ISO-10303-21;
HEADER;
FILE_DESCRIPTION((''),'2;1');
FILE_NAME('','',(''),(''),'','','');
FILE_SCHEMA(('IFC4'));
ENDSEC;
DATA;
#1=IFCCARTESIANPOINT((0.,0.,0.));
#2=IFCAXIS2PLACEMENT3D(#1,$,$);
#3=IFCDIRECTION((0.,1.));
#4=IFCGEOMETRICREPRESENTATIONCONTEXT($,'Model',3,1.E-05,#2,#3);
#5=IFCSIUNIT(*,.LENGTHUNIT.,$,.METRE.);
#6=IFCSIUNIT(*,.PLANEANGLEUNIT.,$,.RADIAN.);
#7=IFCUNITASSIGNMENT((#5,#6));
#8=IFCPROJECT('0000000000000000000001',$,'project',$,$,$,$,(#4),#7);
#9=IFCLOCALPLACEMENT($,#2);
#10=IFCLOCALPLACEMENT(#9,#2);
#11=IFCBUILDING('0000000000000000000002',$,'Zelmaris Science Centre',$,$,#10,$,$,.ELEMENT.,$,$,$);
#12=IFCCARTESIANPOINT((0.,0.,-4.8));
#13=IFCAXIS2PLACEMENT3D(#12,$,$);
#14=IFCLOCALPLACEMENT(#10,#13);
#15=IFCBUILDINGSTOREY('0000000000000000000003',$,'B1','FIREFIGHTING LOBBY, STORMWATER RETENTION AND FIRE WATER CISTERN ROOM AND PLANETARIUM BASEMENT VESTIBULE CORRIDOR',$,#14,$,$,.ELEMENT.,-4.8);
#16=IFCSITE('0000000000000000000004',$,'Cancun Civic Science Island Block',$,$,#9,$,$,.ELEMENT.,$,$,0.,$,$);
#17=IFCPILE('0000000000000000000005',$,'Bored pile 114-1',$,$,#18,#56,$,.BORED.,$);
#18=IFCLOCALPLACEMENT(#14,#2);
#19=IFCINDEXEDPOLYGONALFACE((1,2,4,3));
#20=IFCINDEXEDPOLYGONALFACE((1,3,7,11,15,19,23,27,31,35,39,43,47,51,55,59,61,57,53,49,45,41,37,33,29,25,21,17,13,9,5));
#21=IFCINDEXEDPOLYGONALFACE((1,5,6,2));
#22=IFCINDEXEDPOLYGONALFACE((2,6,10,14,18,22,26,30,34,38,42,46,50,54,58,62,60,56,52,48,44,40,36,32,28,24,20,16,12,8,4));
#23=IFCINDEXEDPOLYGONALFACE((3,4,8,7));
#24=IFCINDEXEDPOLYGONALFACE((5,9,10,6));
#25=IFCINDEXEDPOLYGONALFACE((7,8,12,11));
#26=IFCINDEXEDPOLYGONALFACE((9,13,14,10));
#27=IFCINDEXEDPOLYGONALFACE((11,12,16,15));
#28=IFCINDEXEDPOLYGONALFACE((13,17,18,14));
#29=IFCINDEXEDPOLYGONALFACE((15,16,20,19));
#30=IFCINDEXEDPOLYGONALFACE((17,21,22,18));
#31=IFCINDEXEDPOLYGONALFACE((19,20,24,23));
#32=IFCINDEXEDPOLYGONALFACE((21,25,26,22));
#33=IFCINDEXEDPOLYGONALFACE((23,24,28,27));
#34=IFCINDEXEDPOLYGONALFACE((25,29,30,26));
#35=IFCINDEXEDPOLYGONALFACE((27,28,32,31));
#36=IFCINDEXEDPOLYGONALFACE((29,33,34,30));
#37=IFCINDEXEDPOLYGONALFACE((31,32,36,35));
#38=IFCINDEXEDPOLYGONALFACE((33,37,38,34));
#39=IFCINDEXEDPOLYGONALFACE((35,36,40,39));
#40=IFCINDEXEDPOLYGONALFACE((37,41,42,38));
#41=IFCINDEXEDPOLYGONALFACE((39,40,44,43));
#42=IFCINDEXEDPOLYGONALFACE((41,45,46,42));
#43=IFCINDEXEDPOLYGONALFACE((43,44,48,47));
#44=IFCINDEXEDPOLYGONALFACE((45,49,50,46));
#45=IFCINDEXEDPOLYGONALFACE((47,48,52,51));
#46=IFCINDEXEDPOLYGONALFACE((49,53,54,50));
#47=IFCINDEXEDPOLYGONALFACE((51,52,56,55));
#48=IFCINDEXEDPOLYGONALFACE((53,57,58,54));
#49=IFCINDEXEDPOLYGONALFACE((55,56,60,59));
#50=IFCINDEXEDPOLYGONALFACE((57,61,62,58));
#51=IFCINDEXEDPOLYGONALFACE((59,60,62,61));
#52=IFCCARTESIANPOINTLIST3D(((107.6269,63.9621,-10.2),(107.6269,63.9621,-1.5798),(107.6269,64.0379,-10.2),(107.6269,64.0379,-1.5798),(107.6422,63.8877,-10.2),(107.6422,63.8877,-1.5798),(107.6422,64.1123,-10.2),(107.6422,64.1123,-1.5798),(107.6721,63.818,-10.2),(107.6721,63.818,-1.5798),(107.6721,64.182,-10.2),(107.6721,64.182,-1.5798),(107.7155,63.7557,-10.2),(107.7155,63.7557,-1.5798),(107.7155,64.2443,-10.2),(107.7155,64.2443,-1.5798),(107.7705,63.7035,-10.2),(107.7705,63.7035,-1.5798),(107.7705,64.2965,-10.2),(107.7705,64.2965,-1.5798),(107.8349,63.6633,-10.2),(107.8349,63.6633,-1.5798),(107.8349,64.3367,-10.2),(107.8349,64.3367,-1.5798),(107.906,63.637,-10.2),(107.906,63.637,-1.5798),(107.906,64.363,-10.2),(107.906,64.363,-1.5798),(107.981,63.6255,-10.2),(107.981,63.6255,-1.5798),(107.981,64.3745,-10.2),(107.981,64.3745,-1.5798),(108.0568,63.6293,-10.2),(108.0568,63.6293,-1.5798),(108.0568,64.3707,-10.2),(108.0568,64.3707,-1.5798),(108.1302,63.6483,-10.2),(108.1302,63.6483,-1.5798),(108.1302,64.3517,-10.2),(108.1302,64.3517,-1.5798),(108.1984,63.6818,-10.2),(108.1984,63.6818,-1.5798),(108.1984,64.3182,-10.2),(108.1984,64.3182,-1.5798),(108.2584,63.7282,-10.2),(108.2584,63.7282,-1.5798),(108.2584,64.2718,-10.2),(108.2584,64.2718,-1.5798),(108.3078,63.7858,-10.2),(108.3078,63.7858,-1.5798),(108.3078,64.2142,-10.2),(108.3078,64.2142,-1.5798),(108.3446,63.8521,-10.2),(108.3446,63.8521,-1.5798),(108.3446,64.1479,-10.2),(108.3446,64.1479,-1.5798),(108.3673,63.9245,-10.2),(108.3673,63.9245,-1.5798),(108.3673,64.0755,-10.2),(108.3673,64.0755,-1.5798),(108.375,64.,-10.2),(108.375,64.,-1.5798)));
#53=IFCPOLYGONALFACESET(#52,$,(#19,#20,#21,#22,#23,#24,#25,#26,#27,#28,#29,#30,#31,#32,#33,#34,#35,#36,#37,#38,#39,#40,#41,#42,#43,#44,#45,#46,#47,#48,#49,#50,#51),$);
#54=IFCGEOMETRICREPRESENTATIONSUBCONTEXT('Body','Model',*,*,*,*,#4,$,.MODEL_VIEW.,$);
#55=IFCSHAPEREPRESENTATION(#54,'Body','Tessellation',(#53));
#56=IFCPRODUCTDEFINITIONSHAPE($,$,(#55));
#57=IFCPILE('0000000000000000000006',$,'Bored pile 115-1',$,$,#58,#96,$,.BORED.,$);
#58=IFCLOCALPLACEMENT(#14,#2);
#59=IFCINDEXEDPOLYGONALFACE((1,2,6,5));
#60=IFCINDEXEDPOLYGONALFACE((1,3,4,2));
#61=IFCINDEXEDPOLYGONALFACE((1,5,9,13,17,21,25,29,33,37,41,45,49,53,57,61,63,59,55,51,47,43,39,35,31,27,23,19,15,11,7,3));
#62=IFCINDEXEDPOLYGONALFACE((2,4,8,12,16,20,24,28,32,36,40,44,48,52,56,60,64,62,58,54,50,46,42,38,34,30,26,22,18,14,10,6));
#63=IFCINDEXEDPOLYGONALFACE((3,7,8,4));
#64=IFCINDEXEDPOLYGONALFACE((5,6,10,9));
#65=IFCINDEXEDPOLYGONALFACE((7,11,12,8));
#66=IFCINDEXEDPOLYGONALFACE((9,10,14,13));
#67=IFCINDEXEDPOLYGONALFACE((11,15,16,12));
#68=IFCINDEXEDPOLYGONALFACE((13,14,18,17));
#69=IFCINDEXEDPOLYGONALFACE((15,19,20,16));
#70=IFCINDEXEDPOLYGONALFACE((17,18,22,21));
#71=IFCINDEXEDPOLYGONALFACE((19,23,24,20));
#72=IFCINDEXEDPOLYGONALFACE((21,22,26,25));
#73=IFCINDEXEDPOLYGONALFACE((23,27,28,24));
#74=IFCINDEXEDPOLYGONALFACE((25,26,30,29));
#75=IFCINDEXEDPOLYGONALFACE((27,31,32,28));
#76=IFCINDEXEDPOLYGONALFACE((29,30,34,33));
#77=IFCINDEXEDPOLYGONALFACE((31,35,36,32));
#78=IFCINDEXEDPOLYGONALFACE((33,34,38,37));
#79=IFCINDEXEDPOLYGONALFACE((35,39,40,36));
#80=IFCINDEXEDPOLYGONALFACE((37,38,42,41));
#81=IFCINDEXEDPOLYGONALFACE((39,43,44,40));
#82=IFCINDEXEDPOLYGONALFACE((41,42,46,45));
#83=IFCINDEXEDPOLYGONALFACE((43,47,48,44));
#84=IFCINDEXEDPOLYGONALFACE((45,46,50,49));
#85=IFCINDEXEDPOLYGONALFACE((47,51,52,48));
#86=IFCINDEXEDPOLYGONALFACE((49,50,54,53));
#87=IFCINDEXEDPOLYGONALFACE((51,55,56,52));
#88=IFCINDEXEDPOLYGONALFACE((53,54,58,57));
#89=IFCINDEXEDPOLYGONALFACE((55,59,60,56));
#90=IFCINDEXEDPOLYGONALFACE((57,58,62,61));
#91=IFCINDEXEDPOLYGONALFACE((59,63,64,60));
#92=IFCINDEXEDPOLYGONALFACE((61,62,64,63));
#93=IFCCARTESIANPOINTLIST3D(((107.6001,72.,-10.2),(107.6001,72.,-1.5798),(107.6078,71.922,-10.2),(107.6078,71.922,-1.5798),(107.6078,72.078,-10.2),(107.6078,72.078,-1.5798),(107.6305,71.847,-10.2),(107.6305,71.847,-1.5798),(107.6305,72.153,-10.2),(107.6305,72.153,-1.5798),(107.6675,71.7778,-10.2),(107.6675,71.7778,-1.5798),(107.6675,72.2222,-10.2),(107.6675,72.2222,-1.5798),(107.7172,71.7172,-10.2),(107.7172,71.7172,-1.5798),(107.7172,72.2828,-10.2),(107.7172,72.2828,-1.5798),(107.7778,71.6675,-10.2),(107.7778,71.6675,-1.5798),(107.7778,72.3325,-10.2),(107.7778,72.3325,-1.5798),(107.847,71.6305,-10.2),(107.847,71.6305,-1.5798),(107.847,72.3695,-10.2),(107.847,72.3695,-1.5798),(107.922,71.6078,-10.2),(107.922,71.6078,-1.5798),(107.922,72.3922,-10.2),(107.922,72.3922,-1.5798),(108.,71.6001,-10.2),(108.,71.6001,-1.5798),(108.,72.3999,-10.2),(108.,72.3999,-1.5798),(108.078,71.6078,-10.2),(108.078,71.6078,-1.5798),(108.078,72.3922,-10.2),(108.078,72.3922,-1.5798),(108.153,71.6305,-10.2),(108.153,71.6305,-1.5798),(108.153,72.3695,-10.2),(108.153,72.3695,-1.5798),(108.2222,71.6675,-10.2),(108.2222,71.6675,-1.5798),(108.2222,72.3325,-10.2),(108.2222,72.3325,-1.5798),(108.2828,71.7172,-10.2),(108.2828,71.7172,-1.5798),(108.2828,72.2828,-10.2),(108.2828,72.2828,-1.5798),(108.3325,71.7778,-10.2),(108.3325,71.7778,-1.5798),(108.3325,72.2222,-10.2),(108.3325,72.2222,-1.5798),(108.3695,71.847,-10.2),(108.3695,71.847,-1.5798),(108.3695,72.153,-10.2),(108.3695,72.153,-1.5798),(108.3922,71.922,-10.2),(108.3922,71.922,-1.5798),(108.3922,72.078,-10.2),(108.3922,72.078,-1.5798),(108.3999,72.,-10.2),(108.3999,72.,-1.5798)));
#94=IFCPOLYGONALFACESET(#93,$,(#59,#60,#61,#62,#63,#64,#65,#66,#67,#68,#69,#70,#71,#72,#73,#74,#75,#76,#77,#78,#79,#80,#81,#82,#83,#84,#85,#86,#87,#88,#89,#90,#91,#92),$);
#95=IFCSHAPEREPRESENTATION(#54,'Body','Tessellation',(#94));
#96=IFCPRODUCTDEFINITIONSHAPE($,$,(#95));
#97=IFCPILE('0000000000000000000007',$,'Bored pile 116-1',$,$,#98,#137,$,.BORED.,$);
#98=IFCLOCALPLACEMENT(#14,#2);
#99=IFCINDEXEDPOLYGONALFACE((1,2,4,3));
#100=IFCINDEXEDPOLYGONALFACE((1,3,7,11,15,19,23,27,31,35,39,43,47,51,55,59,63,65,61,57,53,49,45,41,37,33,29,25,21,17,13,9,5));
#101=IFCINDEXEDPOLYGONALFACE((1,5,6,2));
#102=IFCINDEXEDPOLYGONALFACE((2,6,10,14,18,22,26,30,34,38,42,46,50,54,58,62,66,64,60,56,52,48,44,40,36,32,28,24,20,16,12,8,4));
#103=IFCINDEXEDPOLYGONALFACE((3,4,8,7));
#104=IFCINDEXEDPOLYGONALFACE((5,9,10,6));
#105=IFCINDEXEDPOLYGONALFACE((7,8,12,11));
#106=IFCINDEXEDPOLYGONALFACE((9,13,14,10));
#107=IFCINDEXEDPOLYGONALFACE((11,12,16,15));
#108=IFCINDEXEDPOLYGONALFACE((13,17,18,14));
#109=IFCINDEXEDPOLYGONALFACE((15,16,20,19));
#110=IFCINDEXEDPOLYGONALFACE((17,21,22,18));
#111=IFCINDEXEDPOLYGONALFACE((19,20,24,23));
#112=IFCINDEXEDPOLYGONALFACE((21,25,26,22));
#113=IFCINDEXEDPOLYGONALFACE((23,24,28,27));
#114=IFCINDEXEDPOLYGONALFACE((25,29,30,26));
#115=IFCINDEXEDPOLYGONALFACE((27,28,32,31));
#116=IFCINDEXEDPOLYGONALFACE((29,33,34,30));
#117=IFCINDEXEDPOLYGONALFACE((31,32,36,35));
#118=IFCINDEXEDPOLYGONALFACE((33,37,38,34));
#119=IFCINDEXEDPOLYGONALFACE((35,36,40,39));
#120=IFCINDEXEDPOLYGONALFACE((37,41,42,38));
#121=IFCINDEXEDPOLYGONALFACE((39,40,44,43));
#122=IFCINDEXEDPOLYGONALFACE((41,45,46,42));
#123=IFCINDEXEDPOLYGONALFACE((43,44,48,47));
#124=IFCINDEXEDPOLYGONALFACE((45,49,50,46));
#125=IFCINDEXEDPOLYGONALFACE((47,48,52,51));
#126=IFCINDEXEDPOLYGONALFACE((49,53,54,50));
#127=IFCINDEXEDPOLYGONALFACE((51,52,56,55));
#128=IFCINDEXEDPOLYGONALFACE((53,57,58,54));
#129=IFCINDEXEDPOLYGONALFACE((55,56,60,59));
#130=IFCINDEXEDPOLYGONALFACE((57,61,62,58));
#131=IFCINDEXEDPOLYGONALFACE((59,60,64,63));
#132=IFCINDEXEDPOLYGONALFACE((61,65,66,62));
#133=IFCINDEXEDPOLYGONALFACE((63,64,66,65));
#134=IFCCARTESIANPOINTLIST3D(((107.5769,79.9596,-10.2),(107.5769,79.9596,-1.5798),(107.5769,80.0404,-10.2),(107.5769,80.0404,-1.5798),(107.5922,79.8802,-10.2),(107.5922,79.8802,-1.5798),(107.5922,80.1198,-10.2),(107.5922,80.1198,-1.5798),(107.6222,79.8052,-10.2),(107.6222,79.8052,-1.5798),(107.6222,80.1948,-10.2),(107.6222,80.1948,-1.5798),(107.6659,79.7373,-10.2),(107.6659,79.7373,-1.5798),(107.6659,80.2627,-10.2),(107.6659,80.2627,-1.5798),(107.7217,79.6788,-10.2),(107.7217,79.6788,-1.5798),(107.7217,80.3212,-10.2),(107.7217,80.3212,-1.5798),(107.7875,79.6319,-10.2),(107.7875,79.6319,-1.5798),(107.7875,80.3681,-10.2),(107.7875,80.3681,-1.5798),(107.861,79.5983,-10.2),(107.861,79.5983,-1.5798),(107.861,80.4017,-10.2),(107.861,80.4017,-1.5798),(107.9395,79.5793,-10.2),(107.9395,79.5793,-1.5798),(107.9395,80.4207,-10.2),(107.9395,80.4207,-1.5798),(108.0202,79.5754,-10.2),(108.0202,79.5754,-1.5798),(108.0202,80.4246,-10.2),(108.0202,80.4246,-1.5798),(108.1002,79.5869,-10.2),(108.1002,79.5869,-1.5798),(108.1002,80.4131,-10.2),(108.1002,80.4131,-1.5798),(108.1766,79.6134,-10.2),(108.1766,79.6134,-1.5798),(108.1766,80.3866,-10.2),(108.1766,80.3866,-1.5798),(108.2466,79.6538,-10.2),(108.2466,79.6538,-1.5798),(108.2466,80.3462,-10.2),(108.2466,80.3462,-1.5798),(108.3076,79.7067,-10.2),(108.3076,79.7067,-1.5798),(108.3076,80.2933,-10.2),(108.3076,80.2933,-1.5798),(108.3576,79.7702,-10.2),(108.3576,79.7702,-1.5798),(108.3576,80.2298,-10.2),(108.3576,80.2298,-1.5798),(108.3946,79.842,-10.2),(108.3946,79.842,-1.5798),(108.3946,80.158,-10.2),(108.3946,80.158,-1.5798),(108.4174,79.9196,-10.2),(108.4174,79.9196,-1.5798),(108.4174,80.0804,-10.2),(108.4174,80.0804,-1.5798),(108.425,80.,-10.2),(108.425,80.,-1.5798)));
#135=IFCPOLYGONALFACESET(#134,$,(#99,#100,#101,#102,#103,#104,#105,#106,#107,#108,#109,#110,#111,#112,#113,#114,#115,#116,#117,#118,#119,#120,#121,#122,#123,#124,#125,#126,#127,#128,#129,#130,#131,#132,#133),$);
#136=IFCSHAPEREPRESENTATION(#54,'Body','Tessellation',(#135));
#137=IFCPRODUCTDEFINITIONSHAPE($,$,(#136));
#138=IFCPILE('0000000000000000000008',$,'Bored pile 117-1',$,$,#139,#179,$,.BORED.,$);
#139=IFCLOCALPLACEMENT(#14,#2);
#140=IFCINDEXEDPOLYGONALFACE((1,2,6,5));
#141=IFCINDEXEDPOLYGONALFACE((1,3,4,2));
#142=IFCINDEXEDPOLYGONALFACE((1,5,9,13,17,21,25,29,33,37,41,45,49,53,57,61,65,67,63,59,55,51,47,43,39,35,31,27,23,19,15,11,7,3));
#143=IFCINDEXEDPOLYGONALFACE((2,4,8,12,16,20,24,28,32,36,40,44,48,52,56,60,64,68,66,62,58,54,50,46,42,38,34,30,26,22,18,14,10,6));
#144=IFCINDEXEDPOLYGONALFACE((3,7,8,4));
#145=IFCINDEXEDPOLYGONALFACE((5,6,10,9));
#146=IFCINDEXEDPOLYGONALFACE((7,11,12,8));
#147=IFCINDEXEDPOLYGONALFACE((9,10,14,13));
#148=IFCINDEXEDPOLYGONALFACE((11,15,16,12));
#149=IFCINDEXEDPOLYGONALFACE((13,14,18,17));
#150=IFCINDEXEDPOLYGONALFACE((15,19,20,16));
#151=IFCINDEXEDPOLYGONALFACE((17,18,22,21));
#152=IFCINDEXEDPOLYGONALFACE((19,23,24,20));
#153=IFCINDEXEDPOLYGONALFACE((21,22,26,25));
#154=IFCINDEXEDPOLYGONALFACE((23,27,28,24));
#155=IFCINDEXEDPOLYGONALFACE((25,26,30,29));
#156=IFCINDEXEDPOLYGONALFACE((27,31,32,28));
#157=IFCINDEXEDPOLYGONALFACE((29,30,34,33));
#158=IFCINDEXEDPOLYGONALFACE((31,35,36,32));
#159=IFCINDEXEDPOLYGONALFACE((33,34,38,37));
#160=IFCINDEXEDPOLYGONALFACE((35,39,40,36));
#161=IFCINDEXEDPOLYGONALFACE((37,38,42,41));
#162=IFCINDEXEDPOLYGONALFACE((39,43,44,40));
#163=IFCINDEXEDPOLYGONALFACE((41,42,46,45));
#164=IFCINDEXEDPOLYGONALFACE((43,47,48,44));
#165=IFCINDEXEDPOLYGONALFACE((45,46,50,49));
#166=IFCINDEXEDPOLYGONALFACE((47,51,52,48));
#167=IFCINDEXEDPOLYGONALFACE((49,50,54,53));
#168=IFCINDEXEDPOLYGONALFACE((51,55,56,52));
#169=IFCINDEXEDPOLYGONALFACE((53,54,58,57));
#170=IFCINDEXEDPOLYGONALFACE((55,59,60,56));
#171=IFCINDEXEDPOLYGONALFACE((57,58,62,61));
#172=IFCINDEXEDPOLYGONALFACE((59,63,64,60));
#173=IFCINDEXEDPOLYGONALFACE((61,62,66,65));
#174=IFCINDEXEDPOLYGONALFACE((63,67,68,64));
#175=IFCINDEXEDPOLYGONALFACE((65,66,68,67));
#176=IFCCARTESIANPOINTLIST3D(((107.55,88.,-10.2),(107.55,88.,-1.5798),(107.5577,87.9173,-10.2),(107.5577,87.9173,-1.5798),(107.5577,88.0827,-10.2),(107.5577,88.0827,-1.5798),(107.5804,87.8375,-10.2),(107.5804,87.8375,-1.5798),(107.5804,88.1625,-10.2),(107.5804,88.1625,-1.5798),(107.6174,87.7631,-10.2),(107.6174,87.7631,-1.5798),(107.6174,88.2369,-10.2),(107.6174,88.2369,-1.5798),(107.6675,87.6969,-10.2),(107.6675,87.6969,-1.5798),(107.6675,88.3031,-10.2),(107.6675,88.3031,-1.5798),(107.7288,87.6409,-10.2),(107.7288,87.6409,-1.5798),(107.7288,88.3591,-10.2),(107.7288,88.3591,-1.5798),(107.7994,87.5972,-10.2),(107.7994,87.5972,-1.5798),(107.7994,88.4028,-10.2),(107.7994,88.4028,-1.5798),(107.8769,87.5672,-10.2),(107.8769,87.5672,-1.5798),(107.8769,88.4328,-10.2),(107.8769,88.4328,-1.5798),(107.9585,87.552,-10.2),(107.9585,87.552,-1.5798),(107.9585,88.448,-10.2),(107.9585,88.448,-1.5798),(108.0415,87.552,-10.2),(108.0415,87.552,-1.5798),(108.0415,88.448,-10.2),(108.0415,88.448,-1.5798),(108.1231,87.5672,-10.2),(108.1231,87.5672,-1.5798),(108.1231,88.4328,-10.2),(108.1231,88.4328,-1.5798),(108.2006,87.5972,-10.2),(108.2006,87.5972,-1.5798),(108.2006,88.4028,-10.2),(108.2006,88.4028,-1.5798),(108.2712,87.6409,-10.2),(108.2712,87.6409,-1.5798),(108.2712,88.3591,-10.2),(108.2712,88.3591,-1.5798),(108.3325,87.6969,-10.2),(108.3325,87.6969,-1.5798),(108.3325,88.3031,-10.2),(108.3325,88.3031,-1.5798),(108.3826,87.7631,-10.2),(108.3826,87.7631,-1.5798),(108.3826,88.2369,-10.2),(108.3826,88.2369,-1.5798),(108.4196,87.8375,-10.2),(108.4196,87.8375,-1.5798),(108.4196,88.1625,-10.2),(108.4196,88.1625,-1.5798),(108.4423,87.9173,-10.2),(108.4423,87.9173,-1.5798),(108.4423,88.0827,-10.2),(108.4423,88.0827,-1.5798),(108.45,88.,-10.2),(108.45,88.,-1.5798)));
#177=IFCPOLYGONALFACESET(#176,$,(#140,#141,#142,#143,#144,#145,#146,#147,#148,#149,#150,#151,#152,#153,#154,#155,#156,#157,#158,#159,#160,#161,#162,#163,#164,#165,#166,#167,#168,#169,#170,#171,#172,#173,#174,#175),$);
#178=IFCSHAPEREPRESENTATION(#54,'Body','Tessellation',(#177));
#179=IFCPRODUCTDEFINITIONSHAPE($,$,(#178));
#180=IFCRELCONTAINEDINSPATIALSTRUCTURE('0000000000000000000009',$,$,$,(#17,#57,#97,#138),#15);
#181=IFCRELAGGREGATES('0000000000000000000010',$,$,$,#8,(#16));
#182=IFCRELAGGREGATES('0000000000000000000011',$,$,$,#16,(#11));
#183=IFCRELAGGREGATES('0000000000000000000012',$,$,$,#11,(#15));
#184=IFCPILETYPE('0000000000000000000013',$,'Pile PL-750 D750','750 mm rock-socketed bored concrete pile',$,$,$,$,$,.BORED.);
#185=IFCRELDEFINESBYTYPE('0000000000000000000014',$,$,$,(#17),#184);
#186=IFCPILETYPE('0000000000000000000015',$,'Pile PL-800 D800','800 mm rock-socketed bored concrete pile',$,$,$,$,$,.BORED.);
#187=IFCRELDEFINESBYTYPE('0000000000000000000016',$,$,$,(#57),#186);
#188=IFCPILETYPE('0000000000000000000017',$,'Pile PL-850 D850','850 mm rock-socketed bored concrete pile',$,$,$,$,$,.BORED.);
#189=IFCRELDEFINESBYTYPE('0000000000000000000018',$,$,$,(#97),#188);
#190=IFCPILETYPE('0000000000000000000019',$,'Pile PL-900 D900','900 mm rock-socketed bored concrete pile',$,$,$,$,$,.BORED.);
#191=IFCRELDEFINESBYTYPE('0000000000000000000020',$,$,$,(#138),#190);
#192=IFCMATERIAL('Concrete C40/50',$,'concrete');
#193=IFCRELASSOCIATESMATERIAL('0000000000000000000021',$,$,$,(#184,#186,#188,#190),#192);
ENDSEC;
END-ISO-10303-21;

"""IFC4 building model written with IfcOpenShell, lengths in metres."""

from ifc_helpers import new_model, si_unit, direction, frame, origin, origin_2d, place, context, subcontext, project, spatial, circle, extrude, material, material_profile, profile_set, type_object, element, save


model = new_model("IFC4")

# Units and contexts
model_context = context("Model", 3, precision=1e-05, world=origin(), true_north=direction((0.0, 1.0)))
body_context = subcontext(model_context, "Body", "Model", "MODEL_VIEW")
ifc_project = project(units=[si_unit("LENGTHUNIT", "METRE"), si_unit("PLANEANGLEUNIT", "RADIAN")], contexts=[model_context])

# Site, building, storey
site_placement = place(None, origin())
site = spatial("IfcSite", under=ifc_project, at=site_placement, Name="Cancun Civic Science Island Block", CompositionType="ELEMENT", RefElevation=0.0)
building_placement = place(site_placement, origin())
building = spatial("IfcBuilding", under=site, at=building_placement, Name="Zelmaris Science Centre", CompositionType="ELEMENT")
storey_placement = place(building_placement, frame((0.0, 0.0, -4.8)))
storey = spatial("IfcBuildingStorey", under=building, at=storey_placement, Name="B1", Description="FIREFIGHTING LOBBY, STORMWATER RETENTION AND FIRE WATER CISTERN ROOM AND PLANETARIUM BASEMENT VESTIBULE CORRIDOR", CompositionType="ELEMENT", Elevation=-4.8)

# Shared definitions
ifc_material_1 = material(Name="Concrete C40/50", Category="concrete")

# Piles
ifc_material_profile_1 = material_profile(ifc_material_1, circle(Radius=0.375, at=origin_2d()), Name="PILE-750")
ifc_profile_set_1 = profile_set([ifc_material_profile_1], Name="Concrete C40/50")
pile_type_1 = type_object("IfcPileType", Name="Pile PL-750 D750", Description="750 mm rock-socketed bored concrete pile", PredefinedType="BORED", material=ifc_profile_set_1)
pile_1_placement = place(storey_placement, frame((108.0, 64.0, -1.5798), z_axis=(0.0, 0.0, -1.0), x_axis=(1.0, 0.0, 0.0)))
element("IfcPile", 1, at=pile_1_placement, inside=storey, type_object=pile_type_1, Name="Bored pile 114-1", PredefinedType="BORED", context=body_context, shape_type="SweptSolid", body=[
    extrude(circle(Radius=0.375, at=origin_2d()), origin(), (0.0, 0.0, 1.0), 8.6201),
])
ifc_material_profile_2 = material_profile(ifc_material_1, circle(Radius=0.3999, at=origin_2d()), Name="PILE-800")
ifc_profile_set_2 = profile_set([ifc_material_profile_2], Name="Concrete C40/50")
pile_type_2 = type_object("IfcPileType", Name="Pile PL-800 D800", Description="800 mm rock-socketed bored concrete pile", PredefinedType="BORED", material=ifc_profile_set_2)
pile_2_placement = place(storey_placement, frame((108.0, 72.0, -1.5798), z_axis=(0.0, 0.0, -1.0), x_axis=(1.0, 0.0, 0.0)))
element("IfcPile", 2, at=pile_2_placement, inside=storey, type_object=pile_type_2, Name="Bored pile 115-1", PredefinedType="BORED", context=body_context, shape_type="SweptSolid", body=[
    extrude(circle(Radius=0.3999, at=origin_2d()), origin(), (0.0, 0.0, 1.0), 8.6201),
])
ifc_material_profile_3 = material_profile(ifc_material_1, circle(Radius=0.425, at=origin_2d()), Name="PILE-850")
ifc_profile_set_3 = profile_set([ifc_material_profile_3], Name="Concrete C40/50")
pile_type_3 = type_object("IfcPileType", Name="Pile PL-850 D850", Description="850 mm rock-socketed bored concrete pile", PredefinedType="BORED", material=ifc_profile_set_3)
pile_3_placement = place(storey_placement, frame((108.0, 80.0, -1.5798), z_axis=(0.0, 0.0, -1.0), x_axis=(1.0, 0.0, 0.0)))
element("IfcPile", 3, at=pile_3_placement, inside=storey, type_object=pile_type_3, Name="Bored pile 116-1", PredefinedType="BORED", context=body_context, shape_type="SweptSolid", body=[
    extrude(circle(Radius=0.425, at=origin_2d()), origin(), (0.0, 0.0, 1.0), 8.6201),
])
ifc_material_profile_4 = material_profile(ifc_material_1, circle(Radius=0.45, at=origin_2d()), Name="PILE-900")
ifc_profile_set_4 = profile_set([ifc_material_profile_4], Name="Concrete C40/50")
pile_type_4 = type_object("IfcPileType", Name="Pile PL-900 D900", Description="900 mm rock-socketed bored concrete pile", PredefinedType="BORED", material=ifc_profile_set_4)
pile_4_placement = place(storey_placement, frame((108.0, 88.0, -1.5798), z_axis=(0.0, 0.0, -1.0), x_axis=(1.0, 0.0, 0.0)))
element("IfcPile", 4, at=pile_4_placement, inside=storey, type_object=pile_type_4, Name="Bored pile 117-1", PredefinedType="BORED", context=body_context, shape_type="SweptSolid", body=[
    extrude(circle(Radius=0.45, at=origin_2d()), origin(), (0.0, 0.0, 1.0), 8.6201),
])

save(model, "model.ifc")
